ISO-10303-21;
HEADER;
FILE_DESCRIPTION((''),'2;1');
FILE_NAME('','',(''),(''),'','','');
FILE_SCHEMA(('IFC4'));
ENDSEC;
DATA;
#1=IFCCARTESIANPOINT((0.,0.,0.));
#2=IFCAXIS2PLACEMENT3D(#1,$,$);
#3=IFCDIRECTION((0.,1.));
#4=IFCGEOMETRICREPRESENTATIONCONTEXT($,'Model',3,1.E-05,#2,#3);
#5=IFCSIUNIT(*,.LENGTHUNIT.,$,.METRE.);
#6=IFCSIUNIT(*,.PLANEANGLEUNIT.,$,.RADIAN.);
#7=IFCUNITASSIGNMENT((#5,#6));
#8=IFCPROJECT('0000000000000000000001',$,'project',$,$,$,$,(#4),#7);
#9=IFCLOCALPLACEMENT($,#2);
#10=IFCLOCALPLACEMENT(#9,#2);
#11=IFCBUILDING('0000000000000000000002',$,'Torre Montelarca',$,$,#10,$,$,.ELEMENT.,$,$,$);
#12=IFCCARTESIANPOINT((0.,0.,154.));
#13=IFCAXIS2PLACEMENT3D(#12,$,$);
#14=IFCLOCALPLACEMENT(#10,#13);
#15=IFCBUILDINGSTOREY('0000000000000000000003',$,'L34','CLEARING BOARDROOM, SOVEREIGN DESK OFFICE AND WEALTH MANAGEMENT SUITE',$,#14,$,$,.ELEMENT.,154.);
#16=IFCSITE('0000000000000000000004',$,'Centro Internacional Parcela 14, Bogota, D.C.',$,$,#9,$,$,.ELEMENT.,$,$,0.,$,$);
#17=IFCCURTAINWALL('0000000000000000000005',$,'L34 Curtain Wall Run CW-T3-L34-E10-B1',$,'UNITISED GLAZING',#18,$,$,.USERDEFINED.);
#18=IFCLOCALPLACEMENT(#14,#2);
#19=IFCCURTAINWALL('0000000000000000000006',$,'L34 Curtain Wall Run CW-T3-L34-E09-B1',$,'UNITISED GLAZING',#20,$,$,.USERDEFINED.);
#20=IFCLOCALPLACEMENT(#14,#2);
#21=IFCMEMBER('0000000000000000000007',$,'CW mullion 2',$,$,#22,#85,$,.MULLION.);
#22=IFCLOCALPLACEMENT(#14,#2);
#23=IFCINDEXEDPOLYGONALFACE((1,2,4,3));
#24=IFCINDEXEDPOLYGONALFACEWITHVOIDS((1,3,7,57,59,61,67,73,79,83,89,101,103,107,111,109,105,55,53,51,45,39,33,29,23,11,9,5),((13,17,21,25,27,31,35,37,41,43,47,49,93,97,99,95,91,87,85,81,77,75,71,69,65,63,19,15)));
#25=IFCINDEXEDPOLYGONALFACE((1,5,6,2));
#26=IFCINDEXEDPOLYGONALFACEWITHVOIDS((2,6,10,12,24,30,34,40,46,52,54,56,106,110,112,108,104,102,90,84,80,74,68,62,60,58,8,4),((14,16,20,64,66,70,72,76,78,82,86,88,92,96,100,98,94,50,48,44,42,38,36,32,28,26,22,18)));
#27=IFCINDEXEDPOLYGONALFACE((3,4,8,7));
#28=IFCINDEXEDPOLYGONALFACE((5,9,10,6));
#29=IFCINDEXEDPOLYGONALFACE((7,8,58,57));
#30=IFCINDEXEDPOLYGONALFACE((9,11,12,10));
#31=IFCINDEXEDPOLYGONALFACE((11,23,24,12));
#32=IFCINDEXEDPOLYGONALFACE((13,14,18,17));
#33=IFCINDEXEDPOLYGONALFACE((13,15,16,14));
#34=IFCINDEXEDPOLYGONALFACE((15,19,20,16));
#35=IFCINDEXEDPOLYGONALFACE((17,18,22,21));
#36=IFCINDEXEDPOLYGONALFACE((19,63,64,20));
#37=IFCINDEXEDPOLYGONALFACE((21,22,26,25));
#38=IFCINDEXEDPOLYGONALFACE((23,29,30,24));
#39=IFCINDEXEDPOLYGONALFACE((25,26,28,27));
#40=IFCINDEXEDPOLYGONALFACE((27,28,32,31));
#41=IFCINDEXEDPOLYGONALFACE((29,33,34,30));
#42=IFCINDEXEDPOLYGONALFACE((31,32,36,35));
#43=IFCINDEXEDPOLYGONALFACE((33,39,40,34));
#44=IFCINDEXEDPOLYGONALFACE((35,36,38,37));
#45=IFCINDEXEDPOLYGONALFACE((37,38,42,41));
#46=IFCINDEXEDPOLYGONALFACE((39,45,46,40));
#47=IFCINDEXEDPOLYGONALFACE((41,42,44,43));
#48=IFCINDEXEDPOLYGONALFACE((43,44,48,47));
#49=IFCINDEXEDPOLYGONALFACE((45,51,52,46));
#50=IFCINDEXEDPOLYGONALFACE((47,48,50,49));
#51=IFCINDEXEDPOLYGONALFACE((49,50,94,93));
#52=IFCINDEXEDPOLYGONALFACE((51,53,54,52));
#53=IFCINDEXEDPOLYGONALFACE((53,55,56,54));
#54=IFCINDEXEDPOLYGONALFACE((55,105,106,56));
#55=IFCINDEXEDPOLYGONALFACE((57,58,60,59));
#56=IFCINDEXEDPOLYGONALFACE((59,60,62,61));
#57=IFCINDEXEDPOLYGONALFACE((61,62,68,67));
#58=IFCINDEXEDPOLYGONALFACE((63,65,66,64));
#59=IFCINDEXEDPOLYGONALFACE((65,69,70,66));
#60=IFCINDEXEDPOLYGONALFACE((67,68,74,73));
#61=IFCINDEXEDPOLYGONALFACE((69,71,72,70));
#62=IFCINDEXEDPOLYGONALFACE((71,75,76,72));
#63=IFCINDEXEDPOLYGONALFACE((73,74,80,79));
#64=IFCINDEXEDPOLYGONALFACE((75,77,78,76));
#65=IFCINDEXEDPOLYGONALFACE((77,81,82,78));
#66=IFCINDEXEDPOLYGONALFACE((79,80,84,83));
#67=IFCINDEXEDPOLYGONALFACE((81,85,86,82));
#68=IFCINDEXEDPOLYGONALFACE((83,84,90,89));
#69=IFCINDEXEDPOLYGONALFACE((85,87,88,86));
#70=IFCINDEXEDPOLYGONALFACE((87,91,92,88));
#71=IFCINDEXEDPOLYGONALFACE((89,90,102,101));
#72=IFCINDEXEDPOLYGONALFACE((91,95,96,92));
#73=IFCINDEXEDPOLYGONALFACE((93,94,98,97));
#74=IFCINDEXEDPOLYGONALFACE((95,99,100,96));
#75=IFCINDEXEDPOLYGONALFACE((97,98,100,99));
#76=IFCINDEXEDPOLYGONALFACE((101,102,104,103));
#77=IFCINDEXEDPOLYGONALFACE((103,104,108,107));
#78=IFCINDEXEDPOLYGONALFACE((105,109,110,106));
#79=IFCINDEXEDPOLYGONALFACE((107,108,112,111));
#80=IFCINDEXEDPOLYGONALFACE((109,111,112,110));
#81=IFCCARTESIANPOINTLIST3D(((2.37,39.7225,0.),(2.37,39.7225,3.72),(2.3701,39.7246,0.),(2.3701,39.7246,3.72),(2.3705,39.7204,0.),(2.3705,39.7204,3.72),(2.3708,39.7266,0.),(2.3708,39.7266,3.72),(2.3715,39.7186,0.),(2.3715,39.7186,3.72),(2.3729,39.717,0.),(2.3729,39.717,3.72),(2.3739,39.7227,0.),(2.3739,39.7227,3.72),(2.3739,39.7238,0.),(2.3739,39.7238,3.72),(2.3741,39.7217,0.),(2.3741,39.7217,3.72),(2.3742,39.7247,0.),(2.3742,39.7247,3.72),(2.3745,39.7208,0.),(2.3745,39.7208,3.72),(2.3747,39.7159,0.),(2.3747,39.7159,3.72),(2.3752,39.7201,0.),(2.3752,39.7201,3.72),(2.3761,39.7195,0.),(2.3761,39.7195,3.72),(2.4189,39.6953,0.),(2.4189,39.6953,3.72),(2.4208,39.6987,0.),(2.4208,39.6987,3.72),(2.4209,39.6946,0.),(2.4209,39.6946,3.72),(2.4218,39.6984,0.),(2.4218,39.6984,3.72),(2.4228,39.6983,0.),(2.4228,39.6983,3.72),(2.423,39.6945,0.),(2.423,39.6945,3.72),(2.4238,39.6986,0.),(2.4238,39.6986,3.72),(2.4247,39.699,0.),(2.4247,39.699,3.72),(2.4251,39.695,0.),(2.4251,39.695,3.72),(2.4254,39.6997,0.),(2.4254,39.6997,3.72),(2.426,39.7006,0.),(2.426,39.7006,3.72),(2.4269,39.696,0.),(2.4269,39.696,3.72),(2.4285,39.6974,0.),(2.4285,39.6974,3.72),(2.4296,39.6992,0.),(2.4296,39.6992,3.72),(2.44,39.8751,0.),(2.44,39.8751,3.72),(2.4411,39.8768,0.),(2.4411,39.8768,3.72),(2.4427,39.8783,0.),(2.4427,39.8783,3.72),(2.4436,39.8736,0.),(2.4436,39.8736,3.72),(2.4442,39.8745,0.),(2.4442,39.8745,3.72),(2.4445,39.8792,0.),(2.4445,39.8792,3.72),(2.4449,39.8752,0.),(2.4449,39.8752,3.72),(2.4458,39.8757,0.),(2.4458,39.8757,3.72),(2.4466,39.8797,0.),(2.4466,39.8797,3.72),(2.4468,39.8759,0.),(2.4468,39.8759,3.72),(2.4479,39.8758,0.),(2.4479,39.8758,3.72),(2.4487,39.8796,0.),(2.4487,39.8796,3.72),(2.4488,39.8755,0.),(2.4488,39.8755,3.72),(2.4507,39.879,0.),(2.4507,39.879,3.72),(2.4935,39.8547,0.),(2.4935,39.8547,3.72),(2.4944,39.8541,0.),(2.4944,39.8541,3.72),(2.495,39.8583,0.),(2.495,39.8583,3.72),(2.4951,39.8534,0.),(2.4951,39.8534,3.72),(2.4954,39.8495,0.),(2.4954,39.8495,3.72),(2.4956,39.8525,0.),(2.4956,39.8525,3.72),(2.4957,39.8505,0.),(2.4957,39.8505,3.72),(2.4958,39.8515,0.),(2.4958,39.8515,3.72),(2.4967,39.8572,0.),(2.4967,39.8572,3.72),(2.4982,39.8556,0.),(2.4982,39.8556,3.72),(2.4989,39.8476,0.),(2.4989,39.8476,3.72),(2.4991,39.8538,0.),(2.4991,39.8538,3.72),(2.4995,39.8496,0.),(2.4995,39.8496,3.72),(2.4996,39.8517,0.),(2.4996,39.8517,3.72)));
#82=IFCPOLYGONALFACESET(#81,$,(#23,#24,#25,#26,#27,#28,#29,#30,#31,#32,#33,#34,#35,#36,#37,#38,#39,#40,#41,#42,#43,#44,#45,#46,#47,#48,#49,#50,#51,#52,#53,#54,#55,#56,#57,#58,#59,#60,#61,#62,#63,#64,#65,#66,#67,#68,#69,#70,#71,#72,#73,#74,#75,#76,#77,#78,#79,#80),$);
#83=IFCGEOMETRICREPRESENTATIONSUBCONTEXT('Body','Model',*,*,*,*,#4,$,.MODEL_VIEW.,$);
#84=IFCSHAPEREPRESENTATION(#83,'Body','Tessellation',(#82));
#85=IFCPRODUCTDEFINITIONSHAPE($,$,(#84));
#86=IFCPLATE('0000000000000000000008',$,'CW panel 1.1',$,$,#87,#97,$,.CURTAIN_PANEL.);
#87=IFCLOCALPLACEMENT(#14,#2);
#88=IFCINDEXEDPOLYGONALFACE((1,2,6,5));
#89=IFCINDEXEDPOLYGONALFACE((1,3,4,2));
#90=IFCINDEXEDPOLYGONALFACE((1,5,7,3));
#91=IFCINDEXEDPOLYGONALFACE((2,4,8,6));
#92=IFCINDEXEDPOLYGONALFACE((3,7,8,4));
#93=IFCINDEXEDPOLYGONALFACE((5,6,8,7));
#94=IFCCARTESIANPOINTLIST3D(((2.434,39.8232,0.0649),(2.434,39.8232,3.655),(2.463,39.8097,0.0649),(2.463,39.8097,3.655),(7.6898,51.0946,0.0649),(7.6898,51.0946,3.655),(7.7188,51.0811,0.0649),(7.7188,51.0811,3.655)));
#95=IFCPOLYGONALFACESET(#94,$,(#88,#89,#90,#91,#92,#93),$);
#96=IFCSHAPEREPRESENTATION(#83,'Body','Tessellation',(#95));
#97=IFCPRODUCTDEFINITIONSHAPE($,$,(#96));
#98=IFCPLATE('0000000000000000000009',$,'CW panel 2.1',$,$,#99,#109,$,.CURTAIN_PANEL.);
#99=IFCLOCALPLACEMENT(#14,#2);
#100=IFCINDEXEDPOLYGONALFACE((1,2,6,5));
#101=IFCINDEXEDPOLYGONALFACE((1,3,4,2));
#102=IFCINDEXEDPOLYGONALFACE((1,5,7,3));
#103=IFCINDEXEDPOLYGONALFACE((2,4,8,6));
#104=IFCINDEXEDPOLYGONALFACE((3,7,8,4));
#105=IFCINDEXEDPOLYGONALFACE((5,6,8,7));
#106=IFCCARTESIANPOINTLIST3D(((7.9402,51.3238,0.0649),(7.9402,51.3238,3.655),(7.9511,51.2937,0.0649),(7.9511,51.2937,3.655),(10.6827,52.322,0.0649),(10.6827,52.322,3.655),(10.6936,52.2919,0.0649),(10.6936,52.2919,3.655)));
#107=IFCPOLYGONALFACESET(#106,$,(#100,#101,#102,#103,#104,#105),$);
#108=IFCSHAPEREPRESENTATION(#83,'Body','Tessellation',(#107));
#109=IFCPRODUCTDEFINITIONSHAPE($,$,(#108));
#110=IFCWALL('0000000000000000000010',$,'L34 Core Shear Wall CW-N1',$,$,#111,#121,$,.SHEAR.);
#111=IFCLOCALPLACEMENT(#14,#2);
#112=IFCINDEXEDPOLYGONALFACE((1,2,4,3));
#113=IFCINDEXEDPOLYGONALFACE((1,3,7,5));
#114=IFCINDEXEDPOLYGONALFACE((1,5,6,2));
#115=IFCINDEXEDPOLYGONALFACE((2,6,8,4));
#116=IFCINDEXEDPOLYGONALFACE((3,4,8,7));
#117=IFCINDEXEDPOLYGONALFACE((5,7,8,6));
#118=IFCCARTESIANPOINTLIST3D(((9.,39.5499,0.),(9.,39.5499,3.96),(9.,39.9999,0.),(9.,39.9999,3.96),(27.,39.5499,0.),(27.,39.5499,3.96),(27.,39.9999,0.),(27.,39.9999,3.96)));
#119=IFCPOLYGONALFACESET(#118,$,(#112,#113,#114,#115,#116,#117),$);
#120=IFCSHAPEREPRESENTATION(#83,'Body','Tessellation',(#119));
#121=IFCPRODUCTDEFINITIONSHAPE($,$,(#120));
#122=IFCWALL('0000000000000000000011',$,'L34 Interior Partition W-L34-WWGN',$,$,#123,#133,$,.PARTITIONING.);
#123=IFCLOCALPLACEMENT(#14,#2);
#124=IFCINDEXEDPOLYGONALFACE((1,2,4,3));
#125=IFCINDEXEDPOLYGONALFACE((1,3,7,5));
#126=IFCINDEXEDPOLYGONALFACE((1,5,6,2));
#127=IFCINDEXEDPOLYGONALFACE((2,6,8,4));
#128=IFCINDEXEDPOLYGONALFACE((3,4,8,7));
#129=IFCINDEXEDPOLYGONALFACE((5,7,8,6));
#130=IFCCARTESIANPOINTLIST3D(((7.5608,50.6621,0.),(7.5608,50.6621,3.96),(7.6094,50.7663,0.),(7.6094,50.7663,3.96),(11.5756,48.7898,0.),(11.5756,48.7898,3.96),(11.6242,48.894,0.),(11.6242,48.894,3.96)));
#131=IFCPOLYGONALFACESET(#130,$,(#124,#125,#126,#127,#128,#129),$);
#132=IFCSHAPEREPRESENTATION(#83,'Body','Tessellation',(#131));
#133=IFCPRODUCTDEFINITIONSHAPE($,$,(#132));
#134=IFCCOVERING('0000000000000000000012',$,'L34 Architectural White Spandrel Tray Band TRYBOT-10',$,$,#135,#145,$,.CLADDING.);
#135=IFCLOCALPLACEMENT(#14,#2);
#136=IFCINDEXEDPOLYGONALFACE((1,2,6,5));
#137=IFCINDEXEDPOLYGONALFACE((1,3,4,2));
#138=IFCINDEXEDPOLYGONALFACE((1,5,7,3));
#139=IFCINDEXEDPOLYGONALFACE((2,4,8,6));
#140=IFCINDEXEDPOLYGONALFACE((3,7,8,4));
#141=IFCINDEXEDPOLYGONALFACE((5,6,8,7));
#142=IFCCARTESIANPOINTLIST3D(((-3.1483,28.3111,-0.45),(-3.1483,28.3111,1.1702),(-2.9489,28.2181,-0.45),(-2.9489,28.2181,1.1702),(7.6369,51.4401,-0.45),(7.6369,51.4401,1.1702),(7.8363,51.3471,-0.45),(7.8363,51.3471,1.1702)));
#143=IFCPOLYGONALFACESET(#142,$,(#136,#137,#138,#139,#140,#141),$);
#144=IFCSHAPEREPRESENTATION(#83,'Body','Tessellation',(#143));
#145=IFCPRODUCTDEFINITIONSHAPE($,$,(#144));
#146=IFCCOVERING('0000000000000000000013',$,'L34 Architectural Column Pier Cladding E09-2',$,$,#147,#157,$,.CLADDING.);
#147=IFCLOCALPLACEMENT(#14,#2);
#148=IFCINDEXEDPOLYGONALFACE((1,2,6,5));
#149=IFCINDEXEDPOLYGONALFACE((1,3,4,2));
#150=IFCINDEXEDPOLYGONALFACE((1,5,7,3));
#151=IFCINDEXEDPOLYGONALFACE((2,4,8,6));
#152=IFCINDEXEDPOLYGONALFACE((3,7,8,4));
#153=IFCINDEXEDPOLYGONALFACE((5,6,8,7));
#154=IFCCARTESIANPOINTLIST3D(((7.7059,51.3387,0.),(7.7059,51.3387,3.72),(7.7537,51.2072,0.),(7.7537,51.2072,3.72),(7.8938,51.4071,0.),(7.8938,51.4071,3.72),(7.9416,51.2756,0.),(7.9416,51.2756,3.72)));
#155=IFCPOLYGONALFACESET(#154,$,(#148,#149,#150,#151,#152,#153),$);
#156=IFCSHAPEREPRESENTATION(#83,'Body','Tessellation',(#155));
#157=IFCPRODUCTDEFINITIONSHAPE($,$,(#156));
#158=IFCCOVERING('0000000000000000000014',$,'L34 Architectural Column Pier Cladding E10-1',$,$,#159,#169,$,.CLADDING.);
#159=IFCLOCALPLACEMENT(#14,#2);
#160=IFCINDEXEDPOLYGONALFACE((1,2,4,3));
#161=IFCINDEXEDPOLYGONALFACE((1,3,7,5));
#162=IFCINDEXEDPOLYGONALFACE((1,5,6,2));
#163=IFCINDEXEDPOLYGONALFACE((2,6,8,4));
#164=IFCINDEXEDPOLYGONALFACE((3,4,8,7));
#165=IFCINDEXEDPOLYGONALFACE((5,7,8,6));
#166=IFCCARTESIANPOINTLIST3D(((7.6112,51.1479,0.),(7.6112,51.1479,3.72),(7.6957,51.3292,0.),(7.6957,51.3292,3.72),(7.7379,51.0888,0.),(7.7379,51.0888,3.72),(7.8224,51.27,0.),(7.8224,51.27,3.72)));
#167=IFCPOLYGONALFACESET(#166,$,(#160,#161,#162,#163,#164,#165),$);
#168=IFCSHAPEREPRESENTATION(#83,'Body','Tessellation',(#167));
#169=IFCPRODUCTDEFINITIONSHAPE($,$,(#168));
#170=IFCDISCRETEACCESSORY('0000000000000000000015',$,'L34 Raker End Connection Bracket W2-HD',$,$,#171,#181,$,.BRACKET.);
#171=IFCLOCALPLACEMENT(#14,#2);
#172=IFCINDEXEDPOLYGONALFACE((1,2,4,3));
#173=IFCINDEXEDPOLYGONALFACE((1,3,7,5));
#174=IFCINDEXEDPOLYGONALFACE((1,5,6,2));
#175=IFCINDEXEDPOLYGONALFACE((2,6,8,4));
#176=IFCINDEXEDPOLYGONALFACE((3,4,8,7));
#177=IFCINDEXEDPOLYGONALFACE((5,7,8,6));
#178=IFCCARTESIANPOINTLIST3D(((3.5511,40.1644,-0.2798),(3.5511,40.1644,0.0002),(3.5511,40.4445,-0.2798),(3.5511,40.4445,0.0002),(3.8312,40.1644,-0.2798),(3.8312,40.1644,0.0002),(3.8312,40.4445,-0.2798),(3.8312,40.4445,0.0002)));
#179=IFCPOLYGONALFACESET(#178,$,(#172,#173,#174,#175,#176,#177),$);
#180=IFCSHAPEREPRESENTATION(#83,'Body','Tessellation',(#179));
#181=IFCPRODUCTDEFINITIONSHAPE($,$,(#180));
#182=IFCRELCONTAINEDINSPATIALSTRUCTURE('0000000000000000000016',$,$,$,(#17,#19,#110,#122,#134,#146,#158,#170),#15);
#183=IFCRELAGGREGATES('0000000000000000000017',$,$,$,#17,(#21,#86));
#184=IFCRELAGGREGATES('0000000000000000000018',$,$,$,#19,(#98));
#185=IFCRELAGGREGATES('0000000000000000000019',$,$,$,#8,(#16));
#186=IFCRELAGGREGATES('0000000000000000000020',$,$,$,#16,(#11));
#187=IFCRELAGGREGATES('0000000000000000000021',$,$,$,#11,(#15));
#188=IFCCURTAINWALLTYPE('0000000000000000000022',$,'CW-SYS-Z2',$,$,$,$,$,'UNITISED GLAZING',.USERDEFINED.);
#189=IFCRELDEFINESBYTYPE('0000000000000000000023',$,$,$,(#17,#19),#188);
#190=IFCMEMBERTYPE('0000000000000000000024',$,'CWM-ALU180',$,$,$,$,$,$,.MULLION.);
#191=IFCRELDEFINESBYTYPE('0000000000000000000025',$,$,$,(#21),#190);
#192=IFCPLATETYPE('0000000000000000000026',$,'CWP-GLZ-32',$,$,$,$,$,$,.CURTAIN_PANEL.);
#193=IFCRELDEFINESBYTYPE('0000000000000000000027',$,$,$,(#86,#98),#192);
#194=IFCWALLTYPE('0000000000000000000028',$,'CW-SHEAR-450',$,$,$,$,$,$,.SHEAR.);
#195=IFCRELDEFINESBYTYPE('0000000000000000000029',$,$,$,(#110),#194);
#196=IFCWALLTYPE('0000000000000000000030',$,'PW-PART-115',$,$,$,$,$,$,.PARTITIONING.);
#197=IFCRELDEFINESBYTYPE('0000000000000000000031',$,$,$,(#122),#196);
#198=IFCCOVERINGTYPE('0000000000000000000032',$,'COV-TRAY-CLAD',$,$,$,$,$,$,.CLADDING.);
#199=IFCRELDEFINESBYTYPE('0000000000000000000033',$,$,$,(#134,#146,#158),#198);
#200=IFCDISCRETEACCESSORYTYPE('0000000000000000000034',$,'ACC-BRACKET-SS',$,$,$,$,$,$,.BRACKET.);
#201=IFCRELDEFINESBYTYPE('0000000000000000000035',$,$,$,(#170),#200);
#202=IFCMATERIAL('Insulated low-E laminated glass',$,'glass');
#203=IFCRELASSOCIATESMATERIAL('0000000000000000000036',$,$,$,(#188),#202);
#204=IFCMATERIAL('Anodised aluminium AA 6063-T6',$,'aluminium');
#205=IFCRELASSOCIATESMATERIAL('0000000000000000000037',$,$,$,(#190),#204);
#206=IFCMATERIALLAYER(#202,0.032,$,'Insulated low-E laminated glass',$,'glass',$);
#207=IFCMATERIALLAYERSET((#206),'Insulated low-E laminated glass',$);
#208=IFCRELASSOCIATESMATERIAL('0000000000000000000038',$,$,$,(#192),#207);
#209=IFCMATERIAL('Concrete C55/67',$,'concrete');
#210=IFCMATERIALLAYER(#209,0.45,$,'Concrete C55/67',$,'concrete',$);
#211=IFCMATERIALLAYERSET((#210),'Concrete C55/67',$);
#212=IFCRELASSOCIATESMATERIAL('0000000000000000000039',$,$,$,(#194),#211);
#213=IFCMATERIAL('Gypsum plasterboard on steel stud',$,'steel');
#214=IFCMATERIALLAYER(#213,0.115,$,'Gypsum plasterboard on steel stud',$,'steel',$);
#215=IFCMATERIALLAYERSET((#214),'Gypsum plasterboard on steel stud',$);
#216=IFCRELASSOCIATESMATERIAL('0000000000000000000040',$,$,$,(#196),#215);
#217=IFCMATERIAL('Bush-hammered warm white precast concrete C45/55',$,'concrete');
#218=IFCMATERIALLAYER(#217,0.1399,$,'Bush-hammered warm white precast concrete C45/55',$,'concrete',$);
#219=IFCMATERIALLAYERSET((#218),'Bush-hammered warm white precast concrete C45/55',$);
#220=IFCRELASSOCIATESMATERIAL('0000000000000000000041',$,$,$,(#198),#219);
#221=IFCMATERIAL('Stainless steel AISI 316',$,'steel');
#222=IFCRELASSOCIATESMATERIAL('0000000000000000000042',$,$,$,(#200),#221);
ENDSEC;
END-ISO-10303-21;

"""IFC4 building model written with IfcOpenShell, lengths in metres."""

from ifc_helpers import new_model, si_unit, direction, frame, frame_2d, origin, origin_2d, place, context, subcontext, project, spatial, rectangle, hollow_rectangle, extrude, source, transform, mapped, material, layer, layer_set, material_profile, profile_set, type_object, element, aggregate, save


model = new_model("IFC4")

# Units and contexts
model_context = context("Model", 3, precision=1e-05, world=origin(), true_north=direction((0.0, 1.0)))
body_context = subcontext(model_context, "Body", "Model", "MODEL_VIEW")
ifc_project = project(units=[si_unit("LENGTHUNIT", "METRE"), si_unit("PLANEANGLEUNIT", "RADIAN")], contexts=[model_context])

# Site, building, storey
site_placement = place(None, origin())
site = spatial("IfcSite", under=ifc_project, at=site_placement, Name="Centro Internacional Parcela 14, Bogota, D.C.", CompositionType="ELEMENT", RefElevation=0.0)
building_placement = place(site_placement, origin())
building = spatial("IfcBuilding", under=site, at=building_placement, Name="Torre Montelarca", CompositionType="ELEMENT")
storey_placement = place(building_placement, frame((0.0, 0.0, 154.0)))
storey = spatial("IfcBuildingStorey", under=building, at=storey_placement, Name="L34", Description="CLEARING BOARDROOM, SOVEREIGN DESK OFFICE AND WEALTH MANAGEMENT SUITE", CompositionType="ELEMENT", Elevation=154.0)

# Shared definitions
ifc_material_1 = material(Name="Concrete C55/67", Category="concrete")

# Curtain wall
ifc_material_2 = material(Name="Insulated low-E laminated glass", Category="glass")
curtain_wall_type = type_object("IfcCurtainWallType", Name="CW-SYS-Z2", ElementType="UNITISED GLAZING", PredefinedType="USERDEFINED", material=ifc_material_2)
curtain_wall_1_placement = place(storey_placement, origin())
curtain_wall_1 = element("IfcCurtainWall", 1, at=curtain_wall_1_placement, inside=storey, type_object=curtain_wall_type, Name="L34 Curtain Wall Run CW-T3-L34-E10-B1", ObjectType="UNITISED GLAZING", PredefinedType="USERDEFINED")
ifc_material_3 = material(Name="Anodised aluminium AA 6063-T6", Category="aluminium")

# Curtain wall
curtain_wall_2_placement = place(storey_placement, origin())
curtain_wall_2 = element("IfcCurtainWall", 2, at=curtain_wall_2_placement, inside=storey, type_object=curtain_wall_type, Name="L34 Curtain Wall Run CW-T3-L34-E09-B1", ObjectType="UNITISED GLAZING", PredefinedType="USERDEFINED")
ifc_material_profile_1 = material_profile(ifc_material_3, hollow_rectangle(XDim=0.0649, YDim=0.1799, WallThickness=0.0039, InnerFilletRadius=0.0039, OuterFilletRadius=0.0081, at=origin_2d()), Name="ALU65X180X4", Category="aluminium")
ifc_profile_set_1 = profile_set([ifc_material_profile_1], Name="Anodised aluminium AA 6063-T6")
member_type_1 = type_object("IfcMemberType", Name="CWM-ALU180", PredefinedType="MULLION", material=ifc_profile_set_1)
shared_shape_1 = source(origin(), body_context, "Body", "SweptSolid", [
    extrude(hollow_rectangle(XDim=0.0649, YDim=0.1799, WallThickness=0.0039, InnerFilletRadius=0.0039, OuterFilletRadius=0.0081, at=origin_2d()), origin(), (0.0, 0.0, 1.0), 3.72),
])

# Member
member_1_placement = place(storey_placement, frame((2.4348, 39.7871, 0.0), z_axis=(0.0, 0.0, 1.0), x_axis=(0.90631, -0.422614, 0.0)))
member_1 = element("IfcMember", 3, at=member_1_placement, type_object=member_type_1, Name="CW mullion 2", PredefinedType="MULLION", context=body_context, shape_type="MappedRepresentation", body=[
    mapped(shared_shape_1, transform((0.0, 0.0, 0.0), scale=1.0)),
])

# Plates
ifc_layer_1 = layer(ifc_material_2, 0.032, Name="Insulated low-E laminated glass", Category="glass")
ifc_layer_set_1 = layer_set([ifc_layer_1], Name="Insulated low-E laminated glass")
plate_type = type_object("IfcPlateType", Name="CWP-GLZ-32", PredefinedType="CURTAIN_PANEL", material=ifc_layer_set_1)
shared_shape_2 = source(origin(), body_context, "Body", "SweptSolid", [
    extrude(rectangle(XDim=12.4365, YDim=0.032, at=origin_2d()), origin(), (0.0, 0.0, 1.0), 3.5901),
])
plate_1_placement = place(storey_placement, frame((5.0764, 45.4521, 0.0649), z_axis=(0.0, 0.0, 1.0), x_axis=(-0.422614, -0.90631, 0.0)))
plate_1 = element("IfcPlate", 4, at=plate_1_placement, type_object=plate_type, Name="CW panel 1.1", PredefinedType="CURTAIN_PANEL", context=body_context, shape_type="MappedRepresentation", body=[
    mapped(shared_shape_2, transform((0.0, 0.0, 0.0), scale=1.0)),
])
aggregate(curtain_wall_1, [member_1, plate_1])
shared_shape_3 = source(origin(), body_context, "Body", "SweptSolid", [
    extrude(rectangle(XDim=2.9185, YDim=0.032, at=origin_2d()), origin(), (0.0, 0.0, 1.0), 3.5901),
])
plate_2_placement = place(storey_placement, frame((9.3169, 51.8079, 0.0649), z_axis=(0.0, 0.0, 1.0), x_axis=(-0.939692, -0.342021, 0.0)))
plate_2 = element("IfcPlate", 5, at=plate_2_placement, type_object=plate_type, Name="CW panel 2.1", PredefinedType="CURTAIN_PANEL", context=body_context, shape_type="MappedRepresentation", body=[
    mapped(shared_shape_3, transform((0.0, 0.0, 0.0), scale=1.0)),
])
aggregate(curtain_wall_2, [plate_2])

# Walls
ifc_layer_2 = layer(ifc_material_1, 0.45, Name="Concrete C55/67", Category="concrete")
ifc_layer_set_2 = layer_set([ifc_layer_2], Name="Concrete C55/67")
wall_type_1 = type_object("IfcWallType", Name="CW-SHEAR-450", PredefinedType="SHEAR", material=ifc_layer_set_2)
wall_1_placement = place(storey_placement, frame((9.0, 39.7749, 0.0), z_axis=(0.0, 0.0, 1.0), x_axis=(1.0, 0.0, 0.0)))
element("IfcWall", 6, at=wall_1_placement, inside=storey, type_object=wall_type_1, Name="L34 Core Shear Wall CW-N1", PredefinedType="SHEAR", context=body_context, shape_type="SweptSolid", body=[
    extrude(rectangle(XDim=18.0, YDim=0.45, at=frame_2d((9.0, 0.0))), origin(), (0.0, 0.0, 1.0), 3.96),
])
ifc_material_4 = material(Name="Gypsum plasterboard on steel stud", Category="steel")
ifc_layer_3 = layer(ifc_material_4, 0.115, Name="Gypsum plasterboard on steel stud", Category="steel")
ifc_layer_set_3 = layer_set([ifc_layer_3], Name="Gypsum plasterboard on steel stud")
wall_type_2 = type_object("IfcWallType", Name="PW-PART-115", PredefinedType="PARTITIONING", material=ifc_layer_set_3)
wall_2_placement = place(storey_placement, frame((7.5852, 50.7141, 0.0), z_axis=(0.0, 0.0, 1.0), x_axis=(0.906296, -0.422644, 0.0)))
element("IfcWall", 7, at=wall_2_placement, inside=storey, type_object=wall_type_2, Name="L34 Interior Partition W-L34-WWGN", PredefinedType="PARTITIONING", context=body_context, shape_type="SweptSolid", body=[
    extrude(rectangle(XDim=4.4299, YDim=0.115, at=frame_2d((2.2148, 0.0))), origin(), (0.0, 0.0, 1.0), 3.96),
])

# Coverings
ifc_material_5 = material(Name="Bush-hammered warm white precast concrete C45/55", Category="concrete")
ifc_layer_4 = layer(ifc_material_5, 0.1399, Name="Bush-hammered warm white precast concrete C45/55", Category="concrete")
ifc_layer_set_4 = layer_set([ifc_layer_4], Name="Bush-hammered warm white precast concrete C45/55")
covering_type = type_object("IfcCoveringType", Name="COV-TRAY-CLAD", PredefinedType="CLADDING", material=ifc_layer_set_4)
shared_shape_4 = source(origin(), body_context, "Body", "SweptSolid", [
    extrude(rectangle(XDim=25.52, YDim=0.22, at=origin_2d()), origin(), (0.0, 0.0, 1.0), 1.6201),
])
covering_placement = place(storey_placement, frame((2.344, 39.8291, -0.45), z_axis=(0.0, 0.0, 1.0), x_axis=(-0.422618, -0.906308, 0.0)))
element("IfcCovering", 8, at=covering_placement, inside=storey, type_object=covering_type, Name="L34 Architectural White Spandrel Tray Band TRYBOT-10", PredefinedType="CLADDING", context=body_context, shape_type="MappedRepresentation", body=[
    mapped(shared_shape_4, transform((0.0, 0.0, 0.0), scale=1.0)),
])
shared_shape_5 = source(origin(), body_context, "Body", "SweptSolid", [
    extrude(rectangle(XDim=0.2, YDim=0.1399, at=origin_2d()), origin(), (0.0, 0.0, 1.0), 3.72),
])
for number, where, z_axis, x_axis, name in (
    (9, (7.8237, 51.3071, 0.0), (0.0, 0.0, 1.0), (-0.939694, -0.342017, 0.0), "L34 Architectural Column Pier Cladding E09-2"),
    (10, (7.7168, 51.209, 0.0), (0.0, 0.0, 1.0), (-0.422618, -0.906308, 0.0), "L34 Architectural Column Pier Cladding E10-1"),
):
    element("IfcCovering", number, at=place(storey_placement, frame(where, z_axis=z_axis, x_axis=x_axis)), inside=storey, type_object=covering_type, Name=name, PredefinedType="CLADDING", context=body_context, shape_type="MappedRepresentation", body=[
        mapped(shared_shape_5, transform((0.0, 0.0, 0.0), scale=1.0)),
    ])

# Discrete accessory
ifc_material_6 = material(Name="Stainless steel AISI 316", Category="steel")
discrete_accessory_type = type_object("IfcDiscreteAccessoryType", Name="ACC-BRACKET-SS", PredefinedType="BRACKET", material=ifc_material_6)
shared_shape_6 = source(origin(), body_context, "Body", "SweptSolid", [
    extrude(rectangle(XDim=0.28, YDim=0.28, at=origin_2d()), origin(), (0.0, 0.0, 1.0), 0.28),
])
for number, where, z_axis, x_axis, name in (
    (11, (3.6912, 40.3044, -0.2798), (0.0, 0.0, 1.0), (1.0, 0.0, 0.0), "L34 Raker End Connection Bracket W2-HD"),
):
    element("IfcDiscreteAccessory", number, at=place(storey_placement, frame(where, z_axis=z_axis, x_axis=x_axis)), inside=storey, type_object=discrete_accessory_type, Name=name, PredefinedType="BRACKET", context=body_context, shape_type="MappedRepresentation", body=[
        mapped(shared_shape_6, transform((0.0, 0.0, 0.0), scale=1.0)),
    ])

save(model, "model.ifc")
